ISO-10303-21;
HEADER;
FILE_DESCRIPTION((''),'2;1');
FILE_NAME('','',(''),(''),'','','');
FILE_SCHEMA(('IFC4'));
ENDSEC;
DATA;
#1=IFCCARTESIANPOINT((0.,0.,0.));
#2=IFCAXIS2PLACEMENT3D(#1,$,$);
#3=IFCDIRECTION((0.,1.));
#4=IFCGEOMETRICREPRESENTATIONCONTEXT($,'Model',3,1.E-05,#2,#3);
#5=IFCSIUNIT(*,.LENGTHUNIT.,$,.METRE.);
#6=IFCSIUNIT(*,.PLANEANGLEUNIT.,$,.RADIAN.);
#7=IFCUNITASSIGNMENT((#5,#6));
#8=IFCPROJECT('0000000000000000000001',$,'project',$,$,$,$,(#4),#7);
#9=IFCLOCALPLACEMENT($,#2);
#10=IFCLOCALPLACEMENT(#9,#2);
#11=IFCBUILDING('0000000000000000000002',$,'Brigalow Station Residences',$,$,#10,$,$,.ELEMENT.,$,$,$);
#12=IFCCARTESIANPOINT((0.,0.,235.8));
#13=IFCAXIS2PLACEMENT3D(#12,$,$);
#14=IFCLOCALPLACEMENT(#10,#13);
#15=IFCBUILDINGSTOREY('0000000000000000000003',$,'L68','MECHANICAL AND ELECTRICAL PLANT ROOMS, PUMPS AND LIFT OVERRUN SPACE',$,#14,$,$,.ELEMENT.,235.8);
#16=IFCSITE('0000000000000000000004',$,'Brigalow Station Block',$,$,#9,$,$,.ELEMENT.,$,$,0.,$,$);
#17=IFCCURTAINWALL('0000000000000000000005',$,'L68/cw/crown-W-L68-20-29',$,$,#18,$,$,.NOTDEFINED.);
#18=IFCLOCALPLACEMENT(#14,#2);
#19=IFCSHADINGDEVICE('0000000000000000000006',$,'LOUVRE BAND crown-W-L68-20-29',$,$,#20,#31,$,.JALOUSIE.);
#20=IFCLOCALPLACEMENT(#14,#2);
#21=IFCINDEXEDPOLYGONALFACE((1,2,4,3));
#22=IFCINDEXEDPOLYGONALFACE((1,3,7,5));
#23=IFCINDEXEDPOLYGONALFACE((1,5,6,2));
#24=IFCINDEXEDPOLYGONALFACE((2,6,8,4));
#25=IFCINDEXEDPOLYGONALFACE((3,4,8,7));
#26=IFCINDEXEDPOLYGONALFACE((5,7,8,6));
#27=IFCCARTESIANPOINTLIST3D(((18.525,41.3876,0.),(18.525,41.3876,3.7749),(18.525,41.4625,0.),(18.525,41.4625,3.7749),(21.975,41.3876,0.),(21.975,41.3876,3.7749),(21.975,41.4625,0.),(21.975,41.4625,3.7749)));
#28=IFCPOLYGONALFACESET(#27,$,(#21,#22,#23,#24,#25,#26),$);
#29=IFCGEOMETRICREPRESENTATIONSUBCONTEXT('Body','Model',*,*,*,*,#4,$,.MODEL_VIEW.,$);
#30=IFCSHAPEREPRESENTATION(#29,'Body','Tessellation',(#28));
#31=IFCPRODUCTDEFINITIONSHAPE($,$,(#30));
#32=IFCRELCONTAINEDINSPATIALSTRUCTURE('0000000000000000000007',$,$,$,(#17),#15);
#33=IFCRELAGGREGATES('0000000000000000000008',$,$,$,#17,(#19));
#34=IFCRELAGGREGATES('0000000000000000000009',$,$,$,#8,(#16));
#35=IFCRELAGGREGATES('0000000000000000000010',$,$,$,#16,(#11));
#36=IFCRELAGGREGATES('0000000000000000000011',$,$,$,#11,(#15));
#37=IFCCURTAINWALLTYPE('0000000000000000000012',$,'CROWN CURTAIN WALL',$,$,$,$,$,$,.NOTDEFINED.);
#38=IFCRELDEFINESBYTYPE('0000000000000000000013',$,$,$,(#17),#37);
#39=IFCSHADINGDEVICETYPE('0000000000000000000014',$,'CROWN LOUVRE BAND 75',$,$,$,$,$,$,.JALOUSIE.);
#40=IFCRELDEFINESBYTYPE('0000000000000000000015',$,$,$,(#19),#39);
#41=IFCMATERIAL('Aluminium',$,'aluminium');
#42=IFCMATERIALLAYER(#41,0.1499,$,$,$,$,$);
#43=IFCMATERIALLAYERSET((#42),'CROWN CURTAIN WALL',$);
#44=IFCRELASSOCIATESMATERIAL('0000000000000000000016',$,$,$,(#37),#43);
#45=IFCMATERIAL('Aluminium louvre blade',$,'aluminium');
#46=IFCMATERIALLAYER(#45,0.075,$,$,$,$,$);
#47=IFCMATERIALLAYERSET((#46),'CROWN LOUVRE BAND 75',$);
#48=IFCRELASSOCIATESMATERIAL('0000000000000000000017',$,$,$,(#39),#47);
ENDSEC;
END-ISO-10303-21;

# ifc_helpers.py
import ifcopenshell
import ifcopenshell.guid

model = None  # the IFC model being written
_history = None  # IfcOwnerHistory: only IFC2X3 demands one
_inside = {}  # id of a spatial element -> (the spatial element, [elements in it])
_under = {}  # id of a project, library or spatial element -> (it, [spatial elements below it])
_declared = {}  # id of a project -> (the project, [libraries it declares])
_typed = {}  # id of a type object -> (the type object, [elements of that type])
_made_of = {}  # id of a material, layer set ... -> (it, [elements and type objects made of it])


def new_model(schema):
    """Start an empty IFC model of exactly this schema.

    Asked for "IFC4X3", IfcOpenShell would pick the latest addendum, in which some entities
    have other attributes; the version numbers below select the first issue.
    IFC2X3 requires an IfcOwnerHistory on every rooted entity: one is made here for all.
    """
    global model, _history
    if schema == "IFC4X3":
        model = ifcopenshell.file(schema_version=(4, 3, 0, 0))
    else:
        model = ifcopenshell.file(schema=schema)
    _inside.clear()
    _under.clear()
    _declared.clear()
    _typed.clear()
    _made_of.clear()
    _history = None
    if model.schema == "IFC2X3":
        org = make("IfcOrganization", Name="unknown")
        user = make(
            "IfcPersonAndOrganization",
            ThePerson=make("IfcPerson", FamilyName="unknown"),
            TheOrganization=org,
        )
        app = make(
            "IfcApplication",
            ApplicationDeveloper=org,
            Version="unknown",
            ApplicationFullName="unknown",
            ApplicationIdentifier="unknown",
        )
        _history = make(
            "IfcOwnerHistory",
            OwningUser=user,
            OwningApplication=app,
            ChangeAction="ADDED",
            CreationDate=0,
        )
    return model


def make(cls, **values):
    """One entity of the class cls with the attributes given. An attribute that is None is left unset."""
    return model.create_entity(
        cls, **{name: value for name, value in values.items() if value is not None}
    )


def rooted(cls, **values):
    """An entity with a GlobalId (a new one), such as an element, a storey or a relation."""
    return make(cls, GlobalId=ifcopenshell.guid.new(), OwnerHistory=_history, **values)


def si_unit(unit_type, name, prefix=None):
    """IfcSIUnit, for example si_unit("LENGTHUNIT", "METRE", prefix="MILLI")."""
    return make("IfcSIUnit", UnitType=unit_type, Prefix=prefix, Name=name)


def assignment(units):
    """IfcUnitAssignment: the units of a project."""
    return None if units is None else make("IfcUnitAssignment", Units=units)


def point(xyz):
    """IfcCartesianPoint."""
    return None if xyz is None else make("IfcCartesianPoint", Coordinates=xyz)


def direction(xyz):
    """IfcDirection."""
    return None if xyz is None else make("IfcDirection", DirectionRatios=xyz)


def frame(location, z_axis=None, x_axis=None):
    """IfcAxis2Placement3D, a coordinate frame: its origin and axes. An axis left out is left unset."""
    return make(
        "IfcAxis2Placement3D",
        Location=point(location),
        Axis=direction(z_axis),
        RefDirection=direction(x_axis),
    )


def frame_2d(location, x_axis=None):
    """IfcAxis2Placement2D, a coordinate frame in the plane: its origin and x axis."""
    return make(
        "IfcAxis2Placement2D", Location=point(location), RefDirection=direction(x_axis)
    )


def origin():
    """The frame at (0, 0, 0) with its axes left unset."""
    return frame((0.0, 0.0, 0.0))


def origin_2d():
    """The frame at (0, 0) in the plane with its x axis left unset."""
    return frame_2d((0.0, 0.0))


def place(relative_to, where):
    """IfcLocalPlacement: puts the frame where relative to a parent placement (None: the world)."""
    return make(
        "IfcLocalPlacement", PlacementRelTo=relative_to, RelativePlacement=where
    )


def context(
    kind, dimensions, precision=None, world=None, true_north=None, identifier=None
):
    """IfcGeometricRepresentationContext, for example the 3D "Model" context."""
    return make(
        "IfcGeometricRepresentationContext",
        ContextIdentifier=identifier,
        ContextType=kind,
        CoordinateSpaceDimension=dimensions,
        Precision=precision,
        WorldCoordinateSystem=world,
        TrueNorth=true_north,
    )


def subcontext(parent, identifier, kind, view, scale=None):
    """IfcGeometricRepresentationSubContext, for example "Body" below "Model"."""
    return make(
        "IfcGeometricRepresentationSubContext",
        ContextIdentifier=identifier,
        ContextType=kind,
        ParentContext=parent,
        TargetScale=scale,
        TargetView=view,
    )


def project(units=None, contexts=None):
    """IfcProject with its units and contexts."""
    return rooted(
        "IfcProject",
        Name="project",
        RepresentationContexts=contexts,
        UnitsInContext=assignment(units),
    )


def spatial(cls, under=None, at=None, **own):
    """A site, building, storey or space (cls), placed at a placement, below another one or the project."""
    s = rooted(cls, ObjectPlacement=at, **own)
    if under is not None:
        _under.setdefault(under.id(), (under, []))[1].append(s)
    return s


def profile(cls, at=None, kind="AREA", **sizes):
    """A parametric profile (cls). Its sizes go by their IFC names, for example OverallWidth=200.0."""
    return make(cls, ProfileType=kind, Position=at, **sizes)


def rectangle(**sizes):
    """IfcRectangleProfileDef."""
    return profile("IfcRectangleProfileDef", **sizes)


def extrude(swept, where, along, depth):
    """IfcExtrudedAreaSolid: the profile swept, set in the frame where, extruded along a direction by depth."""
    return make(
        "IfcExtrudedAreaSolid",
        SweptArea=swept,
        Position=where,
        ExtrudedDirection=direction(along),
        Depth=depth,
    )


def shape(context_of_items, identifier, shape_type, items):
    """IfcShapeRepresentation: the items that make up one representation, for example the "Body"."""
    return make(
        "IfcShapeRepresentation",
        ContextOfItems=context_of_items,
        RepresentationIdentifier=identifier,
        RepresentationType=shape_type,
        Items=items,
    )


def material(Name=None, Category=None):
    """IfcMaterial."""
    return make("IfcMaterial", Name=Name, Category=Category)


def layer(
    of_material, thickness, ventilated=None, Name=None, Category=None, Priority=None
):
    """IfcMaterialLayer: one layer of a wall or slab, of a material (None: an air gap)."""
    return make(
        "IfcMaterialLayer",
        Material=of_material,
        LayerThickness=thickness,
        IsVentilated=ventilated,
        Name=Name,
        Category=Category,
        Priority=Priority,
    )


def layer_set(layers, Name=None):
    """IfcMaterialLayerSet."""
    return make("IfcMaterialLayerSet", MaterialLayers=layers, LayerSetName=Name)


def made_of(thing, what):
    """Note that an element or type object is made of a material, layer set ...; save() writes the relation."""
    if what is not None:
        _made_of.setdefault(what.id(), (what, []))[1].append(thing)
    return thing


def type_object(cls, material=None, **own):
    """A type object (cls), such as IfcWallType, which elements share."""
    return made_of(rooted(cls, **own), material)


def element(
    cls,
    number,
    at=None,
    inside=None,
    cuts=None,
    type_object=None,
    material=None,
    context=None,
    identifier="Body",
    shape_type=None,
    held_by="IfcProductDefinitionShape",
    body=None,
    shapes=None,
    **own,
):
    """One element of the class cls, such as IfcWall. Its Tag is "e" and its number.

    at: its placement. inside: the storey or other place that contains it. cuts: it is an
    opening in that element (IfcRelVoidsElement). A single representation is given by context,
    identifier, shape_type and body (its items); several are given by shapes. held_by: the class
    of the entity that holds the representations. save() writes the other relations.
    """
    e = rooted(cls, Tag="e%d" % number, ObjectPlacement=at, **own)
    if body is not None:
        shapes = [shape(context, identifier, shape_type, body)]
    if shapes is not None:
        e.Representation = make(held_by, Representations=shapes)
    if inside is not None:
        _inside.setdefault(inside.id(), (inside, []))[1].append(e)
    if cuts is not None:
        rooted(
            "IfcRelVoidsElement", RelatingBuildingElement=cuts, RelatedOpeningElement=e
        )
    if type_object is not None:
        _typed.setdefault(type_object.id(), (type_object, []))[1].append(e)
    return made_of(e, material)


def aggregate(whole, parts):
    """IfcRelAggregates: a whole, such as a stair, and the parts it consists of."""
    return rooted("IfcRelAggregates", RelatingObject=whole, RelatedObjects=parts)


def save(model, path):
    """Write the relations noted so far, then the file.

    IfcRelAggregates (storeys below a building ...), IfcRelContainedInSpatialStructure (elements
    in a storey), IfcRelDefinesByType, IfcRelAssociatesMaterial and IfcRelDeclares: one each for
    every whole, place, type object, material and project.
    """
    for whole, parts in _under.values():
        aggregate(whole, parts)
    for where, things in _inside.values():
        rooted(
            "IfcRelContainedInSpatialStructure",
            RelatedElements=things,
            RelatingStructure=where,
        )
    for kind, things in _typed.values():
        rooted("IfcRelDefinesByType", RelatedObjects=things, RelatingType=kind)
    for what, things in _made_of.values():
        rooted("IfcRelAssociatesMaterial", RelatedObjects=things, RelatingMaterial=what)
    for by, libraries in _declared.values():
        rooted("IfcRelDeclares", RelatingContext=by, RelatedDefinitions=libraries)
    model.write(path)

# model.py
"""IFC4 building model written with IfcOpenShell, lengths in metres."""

from ifc_helpers import new_model, si_unit, direction, frame, origin, origin_2d, place, context, subcontext, project, spatial, rectangle, extrude, material, layer, layer_set, type_object, element, aggregate, save


model = new_model("IFC4")

# Units and contexts
model_context = context("Model", 3, precision=1e-05, world=origin(), true_north=direction((0.0, 1.0)))
body_context = subcontext(model_context, "Body", "Model", "MODEL_VIEW")
ifc_project = project(units=[si_unit("LENGTHUNIT", "METRE"), si_unit("PLANEANGLEUNIT", "RADIAN")], contexts=[model_context])

# Site, building, storey
site_placement = place(None, origin())
site = spatial("IfcSite", under=ifc_project, at=site_placement, Name="Brigalow Station Block", CompositionType="ELEMENT", RefElevation=0.0)
building_placement = place(site_placement, origin())
building = spatial("IfcBuilding", under=site, at=building_placement, Name="Brigalow Station Residences", CompositionType="ELEMENT")
storey_placement = place(building_placement, frame((0.0, 0.0, 235.8)))
storey = spatial("IfcBuildingStorey", under=building, at=storey_placement, Name="L68", Description="MECHANICAL AND ELECTRICAL PLANT ROOMS, PUMPS AND LIFT OVERRUN SPACE", CompositionType="ELEMENT", Elevation=235.8)

# Curtain wall
ifc_material_1 = material(Name="Aluminium", Category="aluminium")
ifc_layer_1 = layer(ifc_material_1, 0.1499)
ifc_layer_set_1 = layer_set([ifc_layer_1], Name="CROWN CURTAIN WALL")
curtain_wall_type_1 = type_object("IfcCurtainWallType", Name="CROWN CURTAIN WALL", PredefinedType="NOTDEFINED", material=ifc_layer_set_1)
curtain_wall_1_placement = place(storey_placement, origin())
curtain_wall_1 = element("IfcCurtainWall", 1, at=curtain_wall_1_placement, inside=storey, type_object=curtain_wall_type_1, Name="L68/cw/crown-W-L68-20-29", PredefinedType="NOTDEFINED")

# Shading device
ifc_material_2 = material(Name="Aluminium louvre blade", Category="aluminium")
ifc_layer_2 = layer(ifc_material_2, 0.075)
ifc_layer_set_2 = layer_set([ifc_layer_2], Name="CROWN LOUVRE BAND 75")
shading_device_type = type_object("IfcShadingDeviceType", Name="CROWN LOUVRE BAND 75", PredefinedType="JALOUSIE", material=ifc_layer_set_2)
shading_device_1_placement = place(storey_placement, frame((20.25, 41.425, 0.0), z_axis=(0.0, 0.0, 1.0), x_axis=(-1.0, 0.0, 0.0)))
shading_device_1 = element("IfcShadingDevice", 2, at=shading_device_1_placement, type_object=shading_device_type, Name="LOUVRE BAND crown-W-L68-20-29", PredefinedType="JALOUSIE", context=body_context, shape_type="SweptSolid", body=[
    extrude(rectangle(XDim=3.45, YDim=0.075, at=origin_2d()), origin(), (0.0, 0.0, 1.0), 3.7749),
])
aggregate(curtain_wall_1, [shading_device_1])

save(model, "model.ifc")
